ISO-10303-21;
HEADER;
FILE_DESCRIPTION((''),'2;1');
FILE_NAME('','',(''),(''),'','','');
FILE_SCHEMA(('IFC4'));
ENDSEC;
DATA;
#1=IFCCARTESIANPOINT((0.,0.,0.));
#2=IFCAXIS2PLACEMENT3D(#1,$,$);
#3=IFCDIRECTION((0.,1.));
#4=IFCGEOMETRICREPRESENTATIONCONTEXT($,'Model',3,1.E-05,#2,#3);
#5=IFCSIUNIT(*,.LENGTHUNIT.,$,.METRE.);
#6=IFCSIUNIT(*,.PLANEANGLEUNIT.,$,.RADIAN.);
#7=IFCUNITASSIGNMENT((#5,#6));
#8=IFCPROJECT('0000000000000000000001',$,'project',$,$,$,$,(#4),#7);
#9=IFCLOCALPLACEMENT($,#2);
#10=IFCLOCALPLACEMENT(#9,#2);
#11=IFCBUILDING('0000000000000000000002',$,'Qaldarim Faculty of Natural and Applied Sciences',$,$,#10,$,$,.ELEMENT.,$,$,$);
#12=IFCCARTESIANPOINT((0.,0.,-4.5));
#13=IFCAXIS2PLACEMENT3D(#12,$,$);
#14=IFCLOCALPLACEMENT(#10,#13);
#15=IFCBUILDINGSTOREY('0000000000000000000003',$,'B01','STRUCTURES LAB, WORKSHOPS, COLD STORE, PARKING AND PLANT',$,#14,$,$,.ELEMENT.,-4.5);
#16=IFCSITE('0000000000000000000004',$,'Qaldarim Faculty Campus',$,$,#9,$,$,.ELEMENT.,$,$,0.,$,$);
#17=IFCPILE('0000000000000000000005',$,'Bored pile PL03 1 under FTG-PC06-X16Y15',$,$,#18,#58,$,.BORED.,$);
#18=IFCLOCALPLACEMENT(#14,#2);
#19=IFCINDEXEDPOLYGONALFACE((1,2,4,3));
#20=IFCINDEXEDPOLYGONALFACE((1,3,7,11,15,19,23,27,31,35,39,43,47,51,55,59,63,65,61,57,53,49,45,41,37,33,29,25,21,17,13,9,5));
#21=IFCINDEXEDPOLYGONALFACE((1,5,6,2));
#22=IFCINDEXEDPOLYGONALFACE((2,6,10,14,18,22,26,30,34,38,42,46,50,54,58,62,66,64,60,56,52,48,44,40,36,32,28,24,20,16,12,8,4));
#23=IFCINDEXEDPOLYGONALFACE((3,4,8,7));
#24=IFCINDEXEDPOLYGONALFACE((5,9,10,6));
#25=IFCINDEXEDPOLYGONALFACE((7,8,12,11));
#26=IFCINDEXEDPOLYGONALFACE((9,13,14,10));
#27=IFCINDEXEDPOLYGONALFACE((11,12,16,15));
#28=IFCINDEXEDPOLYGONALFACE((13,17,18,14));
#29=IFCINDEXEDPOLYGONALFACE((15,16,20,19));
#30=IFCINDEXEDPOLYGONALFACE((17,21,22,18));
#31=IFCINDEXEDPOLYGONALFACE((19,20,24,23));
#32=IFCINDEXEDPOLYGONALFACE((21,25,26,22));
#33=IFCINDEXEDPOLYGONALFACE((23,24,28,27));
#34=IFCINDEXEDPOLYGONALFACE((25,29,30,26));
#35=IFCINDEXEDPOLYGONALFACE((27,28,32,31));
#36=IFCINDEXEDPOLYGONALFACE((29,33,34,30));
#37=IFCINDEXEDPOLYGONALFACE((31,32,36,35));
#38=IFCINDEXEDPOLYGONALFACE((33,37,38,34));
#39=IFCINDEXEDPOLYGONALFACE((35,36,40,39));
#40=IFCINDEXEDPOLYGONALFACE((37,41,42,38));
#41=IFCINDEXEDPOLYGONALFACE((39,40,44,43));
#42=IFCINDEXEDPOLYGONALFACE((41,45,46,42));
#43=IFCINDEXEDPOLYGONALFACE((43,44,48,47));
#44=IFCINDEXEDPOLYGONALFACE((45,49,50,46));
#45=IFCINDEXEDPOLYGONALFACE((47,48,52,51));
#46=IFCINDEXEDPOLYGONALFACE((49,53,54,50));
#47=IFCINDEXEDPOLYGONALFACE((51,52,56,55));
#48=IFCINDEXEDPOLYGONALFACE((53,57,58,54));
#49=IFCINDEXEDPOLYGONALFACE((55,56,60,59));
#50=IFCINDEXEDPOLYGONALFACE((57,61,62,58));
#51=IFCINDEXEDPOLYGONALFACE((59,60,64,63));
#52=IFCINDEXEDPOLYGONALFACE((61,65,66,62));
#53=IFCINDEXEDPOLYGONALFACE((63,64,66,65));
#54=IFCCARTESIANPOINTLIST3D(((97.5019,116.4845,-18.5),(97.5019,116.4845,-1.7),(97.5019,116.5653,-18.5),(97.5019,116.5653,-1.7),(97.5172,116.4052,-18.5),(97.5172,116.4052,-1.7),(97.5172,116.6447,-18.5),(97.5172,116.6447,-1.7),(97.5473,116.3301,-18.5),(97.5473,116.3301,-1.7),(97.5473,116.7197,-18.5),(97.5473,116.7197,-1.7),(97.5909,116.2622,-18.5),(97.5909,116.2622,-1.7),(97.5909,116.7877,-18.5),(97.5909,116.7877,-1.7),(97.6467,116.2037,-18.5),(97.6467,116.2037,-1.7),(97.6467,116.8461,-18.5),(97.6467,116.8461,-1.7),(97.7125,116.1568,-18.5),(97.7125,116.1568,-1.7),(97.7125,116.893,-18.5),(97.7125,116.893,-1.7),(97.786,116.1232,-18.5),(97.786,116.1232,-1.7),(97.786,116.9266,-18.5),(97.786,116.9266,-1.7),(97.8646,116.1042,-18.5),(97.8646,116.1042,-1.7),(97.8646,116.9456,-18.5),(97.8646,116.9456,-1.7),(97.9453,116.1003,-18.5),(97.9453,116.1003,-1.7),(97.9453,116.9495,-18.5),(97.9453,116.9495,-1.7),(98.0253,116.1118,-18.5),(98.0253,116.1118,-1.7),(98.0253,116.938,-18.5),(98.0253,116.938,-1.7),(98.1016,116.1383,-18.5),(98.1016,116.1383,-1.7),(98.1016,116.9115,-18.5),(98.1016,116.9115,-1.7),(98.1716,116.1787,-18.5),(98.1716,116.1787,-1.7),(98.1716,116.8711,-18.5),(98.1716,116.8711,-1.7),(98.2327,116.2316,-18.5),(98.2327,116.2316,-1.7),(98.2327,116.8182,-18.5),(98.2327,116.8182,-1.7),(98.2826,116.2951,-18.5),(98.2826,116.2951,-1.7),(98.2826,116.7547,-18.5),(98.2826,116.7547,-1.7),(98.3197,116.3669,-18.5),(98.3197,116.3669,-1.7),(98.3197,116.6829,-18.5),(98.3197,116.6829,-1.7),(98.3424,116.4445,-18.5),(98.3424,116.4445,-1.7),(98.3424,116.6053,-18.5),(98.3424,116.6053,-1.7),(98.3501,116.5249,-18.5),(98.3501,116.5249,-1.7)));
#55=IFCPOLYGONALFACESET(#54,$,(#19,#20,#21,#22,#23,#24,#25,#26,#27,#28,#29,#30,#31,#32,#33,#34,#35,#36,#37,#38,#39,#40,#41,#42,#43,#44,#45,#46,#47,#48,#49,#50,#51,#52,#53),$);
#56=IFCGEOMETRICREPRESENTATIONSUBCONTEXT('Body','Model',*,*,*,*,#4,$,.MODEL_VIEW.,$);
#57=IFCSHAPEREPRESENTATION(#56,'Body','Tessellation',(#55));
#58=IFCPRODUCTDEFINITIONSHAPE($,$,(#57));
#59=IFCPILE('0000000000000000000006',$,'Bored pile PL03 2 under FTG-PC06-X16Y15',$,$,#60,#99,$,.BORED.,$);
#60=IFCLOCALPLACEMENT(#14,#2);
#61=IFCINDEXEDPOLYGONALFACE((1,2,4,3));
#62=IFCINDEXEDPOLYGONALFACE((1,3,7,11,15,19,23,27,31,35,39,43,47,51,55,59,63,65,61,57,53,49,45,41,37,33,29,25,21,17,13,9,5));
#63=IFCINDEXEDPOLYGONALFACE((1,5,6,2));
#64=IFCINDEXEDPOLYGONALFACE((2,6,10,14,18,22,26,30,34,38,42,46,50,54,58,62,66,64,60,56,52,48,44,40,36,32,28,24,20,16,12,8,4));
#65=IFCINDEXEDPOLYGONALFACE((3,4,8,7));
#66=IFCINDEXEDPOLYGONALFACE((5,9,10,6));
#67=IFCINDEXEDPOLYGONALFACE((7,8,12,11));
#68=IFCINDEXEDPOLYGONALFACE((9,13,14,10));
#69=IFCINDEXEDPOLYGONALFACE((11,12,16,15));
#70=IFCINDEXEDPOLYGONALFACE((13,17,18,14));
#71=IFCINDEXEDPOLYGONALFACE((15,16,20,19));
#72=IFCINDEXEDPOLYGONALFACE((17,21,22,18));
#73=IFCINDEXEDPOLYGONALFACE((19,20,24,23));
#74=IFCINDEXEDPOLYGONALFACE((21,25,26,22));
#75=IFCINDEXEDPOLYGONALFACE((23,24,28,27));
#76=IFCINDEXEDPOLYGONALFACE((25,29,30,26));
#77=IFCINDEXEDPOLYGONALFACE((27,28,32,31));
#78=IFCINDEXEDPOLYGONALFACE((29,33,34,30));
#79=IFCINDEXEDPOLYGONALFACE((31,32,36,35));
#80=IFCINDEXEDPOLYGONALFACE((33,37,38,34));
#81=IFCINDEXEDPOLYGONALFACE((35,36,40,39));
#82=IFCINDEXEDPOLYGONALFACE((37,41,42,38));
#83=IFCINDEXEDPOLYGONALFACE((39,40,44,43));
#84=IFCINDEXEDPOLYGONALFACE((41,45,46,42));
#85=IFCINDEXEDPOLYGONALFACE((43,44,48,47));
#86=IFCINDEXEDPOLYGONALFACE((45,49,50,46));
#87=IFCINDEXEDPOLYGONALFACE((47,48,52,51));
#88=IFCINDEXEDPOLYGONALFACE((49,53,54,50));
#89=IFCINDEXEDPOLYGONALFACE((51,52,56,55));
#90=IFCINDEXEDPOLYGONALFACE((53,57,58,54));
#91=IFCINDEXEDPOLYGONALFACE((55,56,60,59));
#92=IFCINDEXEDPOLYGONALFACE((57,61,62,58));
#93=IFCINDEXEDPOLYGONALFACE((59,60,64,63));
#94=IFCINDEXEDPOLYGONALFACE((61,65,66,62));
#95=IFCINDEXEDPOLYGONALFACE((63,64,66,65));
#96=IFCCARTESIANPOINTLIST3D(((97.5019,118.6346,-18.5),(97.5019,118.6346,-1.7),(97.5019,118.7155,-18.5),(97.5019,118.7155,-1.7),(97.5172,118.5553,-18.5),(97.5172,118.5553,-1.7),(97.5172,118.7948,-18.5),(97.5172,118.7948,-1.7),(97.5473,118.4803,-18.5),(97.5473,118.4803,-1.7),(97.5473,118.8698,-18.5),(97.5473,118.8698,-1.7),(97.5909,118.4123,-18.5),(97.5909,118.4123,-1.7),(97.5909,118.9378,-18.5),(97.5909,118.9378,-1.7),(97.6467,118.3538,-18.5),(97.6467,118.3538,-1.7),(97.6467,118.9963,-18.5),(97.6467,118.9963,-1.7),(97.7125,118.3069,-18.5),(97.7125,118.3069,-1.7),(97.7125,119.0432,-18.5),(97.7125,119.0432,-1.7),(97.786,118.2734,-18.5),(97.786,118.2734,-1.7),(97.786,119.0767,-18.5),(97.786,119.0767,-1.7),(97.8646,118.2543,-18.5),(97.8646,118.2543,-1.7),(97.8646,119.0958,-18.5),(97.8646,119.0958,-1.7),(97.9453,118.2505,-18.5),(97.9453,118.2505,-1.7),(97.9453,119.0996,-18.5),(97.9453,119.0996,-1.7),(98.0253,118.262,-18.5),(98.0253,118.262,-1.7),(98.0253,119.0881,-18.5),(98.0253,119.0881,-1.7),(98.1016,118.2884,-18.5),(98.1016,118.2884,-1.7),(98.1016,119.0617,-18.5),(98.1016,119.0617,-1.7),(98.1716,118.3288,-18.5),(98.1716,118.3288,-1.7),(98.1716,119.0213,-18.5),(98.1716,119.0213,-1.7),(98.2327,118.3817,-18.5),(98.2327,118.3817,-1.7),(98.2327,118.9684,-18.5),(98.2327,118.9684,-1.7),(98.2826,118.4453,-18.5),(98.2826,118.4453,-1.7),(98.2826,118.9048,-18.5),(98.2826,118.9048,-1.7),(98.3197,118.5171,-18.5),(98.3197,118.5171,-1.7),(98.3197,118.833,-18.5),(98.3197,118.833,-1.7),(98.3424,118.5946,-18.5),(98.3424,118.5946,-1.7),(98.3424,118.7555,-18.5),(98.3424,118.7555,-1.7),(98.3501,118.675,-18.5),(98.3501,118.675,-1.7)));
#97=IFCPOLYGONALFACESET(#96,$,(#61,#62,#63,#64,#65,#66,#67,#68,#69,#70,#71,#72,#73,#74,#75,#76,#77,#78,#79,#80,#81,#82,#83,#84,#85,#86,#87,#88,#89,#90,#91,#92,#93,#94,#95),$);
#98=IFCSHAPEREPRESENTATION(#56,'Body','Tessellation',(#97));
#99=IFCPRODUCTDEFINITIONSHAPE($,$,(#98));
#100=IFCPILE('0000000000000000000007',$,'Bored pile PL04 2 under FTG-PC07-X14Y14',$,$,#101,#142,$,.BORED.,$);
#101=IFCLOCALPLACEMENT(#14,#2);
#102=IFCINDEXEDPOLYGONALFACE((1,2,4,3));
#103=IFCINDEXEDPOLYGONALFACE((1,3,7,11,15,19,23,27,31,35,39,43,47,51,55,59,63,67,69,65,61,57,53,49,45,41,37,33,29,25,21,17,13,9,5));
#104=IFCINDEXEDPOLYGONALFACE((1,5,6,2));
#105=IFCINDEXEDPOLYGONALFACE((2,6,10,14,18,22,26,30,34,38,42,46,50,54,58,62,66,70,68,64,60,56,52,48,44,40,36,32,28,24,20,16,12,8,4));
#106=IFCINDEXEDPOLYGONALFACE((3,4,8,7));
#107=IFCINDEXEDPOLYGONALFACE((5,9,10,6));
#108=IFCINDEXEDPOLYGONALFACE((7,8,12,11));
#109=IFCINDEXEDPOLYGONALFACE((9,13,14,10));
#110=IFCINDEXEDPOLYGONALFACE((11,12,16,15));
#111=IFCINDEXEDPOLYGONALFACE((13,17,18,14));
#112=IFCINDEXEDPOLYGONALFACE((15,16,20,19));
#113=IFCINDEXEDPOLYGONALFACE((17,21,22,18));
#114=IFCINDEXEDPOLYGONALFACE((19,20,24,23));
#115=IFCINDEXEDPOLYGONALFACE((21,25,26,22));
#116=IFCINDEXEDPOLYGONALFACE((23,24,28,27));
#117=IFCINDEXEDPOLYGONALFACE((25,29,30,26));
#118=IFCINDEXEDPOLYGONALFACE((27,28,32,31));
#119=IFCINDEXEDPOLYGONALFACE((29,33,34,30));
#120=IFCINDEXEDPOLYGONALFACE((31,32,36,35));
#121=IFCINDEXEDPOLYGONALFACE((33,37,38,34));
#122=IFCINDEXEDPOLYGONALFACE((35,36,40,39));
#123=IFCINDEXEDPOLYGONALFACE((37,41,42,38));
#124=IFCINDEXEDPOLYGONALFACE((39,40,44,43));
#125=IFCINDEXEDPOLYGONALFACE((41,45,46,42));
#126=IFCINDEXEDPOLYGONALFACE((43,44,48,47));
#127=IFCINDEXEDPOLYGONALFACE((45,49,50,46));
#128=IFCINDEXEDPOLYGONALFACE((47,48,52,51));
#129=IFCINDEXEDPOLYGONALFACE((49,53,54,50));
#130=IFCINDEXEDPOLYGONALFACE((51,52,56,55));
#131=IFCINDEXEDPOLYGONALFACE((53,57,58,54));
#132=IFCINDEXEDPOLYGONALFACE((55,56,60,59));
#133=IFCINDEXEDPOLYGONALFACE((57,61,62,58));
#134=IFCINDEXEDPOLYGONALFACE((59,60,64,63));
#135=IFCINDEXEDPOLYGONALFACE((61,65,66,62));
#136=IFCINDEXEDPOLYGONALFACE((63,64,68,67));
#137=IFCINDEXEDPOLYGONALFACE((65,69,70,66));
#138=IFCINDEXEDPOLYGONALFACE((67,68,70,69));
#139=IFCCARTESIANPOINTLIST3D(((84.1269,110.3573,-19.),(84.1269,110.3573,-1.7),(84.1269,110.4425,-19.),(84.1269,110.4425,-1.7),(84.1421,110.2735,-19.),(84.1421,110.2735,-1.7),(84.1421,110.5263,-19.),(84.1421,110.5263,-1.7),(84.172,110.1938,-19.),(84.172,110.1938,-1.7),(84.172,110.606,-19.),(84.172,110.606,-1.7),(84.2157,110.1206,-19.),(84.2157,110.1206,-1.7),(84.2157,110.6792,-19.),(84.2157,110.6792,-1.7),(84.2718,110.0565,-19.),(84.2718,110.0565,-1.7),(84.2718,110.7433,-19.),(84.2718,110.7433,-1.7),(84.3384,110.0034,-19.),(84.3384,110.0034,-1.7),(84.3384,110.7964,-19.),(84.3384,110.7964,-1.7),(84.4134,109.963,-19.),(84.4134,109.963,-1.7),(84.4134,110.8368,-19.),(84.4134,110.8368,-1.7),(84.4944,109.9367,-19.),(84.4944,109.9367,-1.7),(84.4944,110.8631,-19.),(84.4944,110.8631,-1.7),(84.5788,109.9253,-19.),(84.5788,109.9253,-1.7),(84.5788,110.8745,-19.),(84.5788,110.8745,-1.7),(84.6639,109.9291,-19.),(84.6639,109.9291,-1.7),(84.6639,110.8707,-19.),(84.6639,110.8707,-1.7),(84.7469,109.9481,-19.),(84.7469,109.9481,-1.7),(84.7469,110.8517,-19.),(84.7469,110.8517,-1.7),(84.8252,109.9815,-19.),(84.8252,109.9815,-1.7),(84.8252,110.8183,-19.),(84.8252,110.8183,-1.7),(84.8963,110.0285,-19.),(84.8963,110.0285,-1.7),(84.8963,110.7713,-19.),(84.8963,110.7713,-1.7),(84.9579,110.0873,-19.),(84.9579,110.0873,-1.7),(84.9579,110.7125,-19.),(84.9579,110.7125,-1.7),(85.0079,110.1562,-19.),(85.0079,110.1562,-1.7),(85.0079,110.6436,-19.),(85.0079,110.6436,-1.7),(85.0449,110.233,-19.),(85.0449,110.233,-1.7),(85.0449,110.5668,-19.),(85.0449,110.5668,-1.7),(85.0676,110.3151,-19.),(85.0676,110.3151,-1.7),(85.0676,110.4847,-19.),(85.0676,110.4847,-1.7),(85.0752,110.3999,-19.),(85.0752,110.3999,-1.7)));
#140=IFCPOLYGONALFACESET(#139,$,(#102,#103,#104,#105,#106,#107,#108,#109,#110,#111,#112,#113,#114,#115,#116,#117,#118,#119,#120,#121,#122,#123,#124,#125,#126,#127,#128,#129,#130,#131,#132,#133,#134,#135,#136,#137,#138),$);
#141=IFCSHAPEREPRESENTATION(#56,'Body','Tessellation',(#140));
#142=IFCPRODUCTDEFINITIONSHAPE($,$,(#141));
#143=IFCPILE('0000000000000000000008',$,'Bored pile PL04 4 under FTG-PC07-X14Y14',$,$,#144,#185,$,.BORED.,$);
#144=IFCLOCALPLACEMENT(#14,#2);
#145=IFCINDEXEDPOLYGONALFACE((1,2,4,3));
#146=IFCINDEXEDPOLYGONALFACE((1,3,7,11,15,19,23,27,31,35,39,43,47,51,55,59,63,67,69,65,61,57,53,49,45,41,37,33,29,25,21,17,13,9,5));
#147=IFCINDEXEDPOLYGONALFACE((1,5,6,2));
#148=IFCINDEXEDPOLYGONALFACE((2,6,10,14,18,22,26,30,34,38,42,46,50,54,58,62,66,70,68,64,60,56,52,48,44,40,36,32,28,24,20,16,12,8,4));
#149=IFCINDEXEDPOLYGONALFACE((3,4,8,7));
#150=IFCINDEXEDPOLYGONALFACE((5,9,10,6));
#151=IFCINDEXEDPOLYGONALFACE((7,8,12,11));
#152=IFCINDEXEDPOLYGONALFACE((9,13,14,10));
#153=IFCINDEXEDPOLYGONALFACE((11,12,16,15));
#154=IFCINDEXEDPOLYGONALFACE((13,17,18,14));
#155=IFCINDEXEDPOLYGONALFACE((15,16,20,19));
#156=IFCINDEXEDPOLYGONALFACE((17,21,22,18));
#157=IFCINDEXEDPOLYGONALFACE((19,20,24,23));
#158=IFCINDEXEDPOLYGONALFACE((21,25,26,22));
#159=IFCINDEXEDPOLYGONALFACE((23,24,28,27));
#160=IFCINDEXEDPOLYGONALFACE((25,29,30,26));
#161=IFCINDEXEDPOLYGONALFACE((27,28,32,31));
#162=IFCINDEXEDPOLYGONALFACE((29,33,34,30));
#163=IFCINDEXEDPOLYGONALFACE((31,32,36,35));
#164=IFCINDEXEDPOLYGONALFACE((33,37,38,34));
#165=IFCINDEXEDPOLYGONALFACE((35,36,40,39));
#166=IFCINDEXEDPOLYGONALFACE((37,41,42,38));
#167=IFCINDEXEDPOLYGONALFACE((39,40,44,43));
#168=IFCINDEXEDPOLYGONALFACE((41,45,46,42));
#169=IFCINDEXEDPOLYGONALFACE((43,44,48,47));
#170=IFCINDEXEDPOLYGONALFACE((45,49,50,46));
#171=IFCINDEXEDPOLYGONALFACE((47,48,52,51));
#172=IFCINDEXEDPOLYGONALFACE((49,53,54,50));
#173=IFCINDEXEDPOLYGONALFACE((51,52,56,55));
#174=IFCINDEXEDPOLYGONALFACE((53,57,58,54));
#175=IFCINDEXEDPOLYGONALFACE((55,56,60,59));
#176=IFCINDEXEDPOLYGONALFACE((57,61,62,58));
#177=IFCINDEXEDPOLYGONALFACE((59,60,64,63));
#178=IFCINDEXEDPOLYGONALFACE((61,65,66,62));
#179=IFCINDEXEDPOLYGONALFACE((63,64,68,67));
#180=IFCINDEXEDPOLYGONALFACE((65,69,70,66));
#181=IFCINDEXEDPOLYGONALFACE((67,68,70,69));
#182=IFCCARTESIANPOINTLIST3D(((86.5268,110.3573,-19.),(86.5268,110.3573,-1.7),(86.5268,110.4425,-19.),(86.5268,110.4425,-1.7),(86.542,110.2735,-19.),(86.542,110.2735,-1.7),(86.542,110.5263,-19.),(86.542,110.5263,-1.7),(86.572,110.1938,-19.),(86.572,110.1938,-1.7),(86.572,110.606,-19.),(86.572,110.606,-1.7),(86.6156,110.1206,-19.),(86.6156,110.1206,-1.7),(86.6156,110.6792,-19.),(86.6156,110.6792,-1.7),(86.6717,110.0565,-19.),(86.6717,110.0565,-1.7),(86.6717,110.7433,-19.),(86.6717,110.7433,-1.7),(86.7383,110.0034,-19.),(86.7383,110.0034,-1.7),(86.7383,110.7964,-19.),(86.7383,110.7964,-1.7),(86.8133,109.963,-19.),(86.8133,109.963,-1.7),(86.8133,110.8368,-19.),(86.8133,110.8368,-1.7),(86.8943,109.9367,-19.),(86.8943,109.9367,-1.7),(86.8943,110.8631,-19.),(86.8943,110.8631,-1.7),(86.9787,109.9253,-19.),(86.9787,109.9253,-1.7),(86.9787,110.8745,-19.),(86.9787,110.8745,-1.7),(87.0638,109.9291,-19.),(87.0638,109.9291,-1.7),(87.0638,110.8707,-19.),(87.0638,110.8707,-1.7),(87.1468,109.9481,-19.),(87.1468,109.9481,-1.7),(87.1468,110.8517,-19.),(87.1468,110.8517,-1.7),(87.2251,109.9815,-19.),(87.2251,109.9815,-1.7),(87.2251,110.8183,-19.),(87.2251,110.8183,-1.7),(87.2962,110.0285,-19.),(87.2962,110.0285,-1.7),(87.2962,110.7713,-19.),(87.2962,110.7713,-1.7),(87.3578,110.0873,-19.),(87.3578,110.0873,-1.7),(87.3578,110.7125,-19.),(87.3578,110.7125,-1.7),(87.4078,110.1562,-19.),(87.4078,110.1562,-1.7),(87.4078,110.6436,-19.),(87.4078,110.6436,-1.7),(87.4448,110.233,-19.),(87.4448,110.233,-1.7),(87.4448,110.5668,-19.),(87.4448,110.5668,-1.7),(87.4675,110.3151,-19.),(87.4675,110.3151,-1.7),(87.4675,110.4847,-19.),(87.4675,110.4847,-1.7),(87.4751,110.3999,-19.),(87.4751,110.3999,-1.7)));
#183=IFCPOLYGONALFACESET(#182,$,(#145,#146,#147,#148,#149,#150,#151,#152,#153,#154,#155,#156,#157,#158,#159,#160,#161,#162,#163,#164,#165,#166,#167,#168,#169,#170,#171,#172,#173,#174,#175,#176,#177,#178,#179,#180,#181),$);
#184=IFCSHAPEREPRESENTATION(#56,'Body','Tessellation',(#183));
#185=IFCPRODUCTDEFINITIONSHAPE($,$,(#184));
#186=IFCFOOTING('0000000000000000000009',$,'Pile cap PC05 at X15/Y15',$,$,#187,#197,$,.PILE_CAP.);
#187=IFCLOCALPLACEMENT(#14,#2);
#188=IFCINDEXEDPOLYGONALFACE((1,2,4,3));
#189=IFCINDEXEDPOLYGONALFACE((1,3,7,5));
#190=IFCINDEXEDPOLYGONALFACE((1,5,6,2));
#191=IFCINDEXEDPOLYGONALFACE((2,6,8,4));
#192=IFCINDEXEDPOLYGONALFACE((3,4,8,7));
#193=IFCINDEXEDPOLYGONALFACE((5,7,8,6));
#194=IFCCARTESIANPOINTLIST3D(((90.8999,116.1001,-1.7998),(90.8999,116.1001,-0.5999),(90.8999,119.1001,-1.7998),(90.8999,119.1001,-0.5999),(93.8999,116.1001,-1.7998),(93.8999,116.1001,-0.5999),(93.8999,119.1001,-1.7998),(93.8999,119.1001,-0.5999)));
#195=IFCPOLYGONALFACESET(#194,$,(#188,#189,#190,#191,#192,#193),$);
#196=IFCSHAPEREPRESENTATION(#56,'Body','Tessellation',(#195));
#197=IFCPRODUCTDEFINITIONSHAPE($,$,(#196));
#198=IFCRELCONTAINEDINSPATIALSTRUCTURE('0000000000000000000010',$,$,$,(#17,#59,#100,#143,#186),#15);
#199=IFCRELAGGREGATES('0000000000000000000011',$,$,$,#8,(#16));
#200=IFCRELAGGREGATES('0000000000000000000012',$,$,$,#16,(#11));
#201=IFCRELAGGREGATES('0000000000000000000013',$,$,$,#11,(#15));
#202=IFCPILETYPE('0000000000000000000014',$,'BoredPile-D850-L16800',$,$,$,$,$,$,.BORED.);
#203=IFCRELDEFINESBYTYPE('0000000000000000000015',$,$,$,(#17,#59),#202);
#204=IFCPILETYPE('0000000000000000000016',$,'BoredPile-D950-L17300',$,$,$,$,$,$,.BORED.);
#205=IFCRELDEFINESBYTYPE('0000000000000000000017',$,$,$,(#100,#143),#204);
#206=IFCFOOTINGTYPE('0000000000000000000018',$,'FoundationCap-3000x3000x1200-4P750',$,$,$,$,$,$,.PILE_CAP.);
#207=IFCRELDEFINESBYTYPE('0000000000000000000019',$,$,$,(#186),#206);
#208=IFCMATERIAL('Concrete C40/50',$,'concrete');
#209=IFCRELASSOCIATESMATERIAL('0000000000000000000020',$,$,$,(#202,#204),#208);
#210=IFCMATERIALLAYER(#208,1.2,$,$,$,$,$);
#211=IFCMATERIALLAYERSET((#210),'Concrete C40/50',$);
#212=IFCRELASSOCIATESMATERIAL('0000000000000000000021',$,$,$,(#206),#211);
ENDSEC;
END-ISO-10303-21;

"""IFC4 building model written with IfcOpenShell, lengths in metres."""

from ifc_helpers import new_model, si_unit, direction, frame, origin, origin_2d, place, context, subcontext, project, spatial, rectangle, circle, extrude, material, layer, layer_set, material_profile, profile_set, type_object, element, save


model = new_model("IFC4")

# Units and contexts
model_context = context("Model", 3, precision=1e-05, world=origin(), true_north=direction((0.0, 1.0)))
body_context = subcontext(model_context, "Body", "Model", "MODEL_VIEW")
ifc_project = project(units=[si_unit("LENGTHUNIT", "METRE"), si_unit("PLANEANGLEUNIT", "RADIAN")], contexts=[model_context])

# Site, building, storey
site_placement = place(None, origin())
site = spatial("IfcSite", under=ifc_project, at=site_placement, Name="Qaldarim Faculty Campus", CompositionType="ELEMENT", RefElevation=0.0)
building_placement = place(site_placement, origin())
building = spatial("IfcBuilding", under=site, at=building_placement, Name="Qaldarim Faculty of Natural and Applied Sciences", CompositionType="ELEMENT")
storey_placement = place(building_placement, frame((0.0, 0.0, -4.5)))
storey = spatial("IfcBuildingStorey", under=building, at=storey_placement, Name="B01", Description="STRUCTURES LAB, WORKSHOPS, COLD STORE, PARKING AND PLANT", CompositionType="ELEMENT", Elevation=-4.5)

# Piles
ifc_material_1 = material(Name="Concrete C40/50", Category="concrete")
ifc_material_profile_1 = material_profile(ifc_material_1, circle(Radius=0.425, at=origin_2d()), Name="PILE-D850")
ifc_profile_set_1 = profile_set([ifc_material_profile_1], Name="Concrete C40/50")
pile_type_1 = type_object("IfcPileType", Name="BoredPile-D850-L16800", PredefinedType="BORED", material=ifc_profile_set_1)
for number, where, z_axis, x_axis, name in (
    (1, (97.925, 116.5249, -1.7), (0.0, 0.0, -1.0), (1.0, 0.0, 0.0), "Bored pile PL03 1 under FTG-PC06-X16Y15"),
    (2, (97.925, 118.675, -1.7), (0.0, 0.0, -1.0), (1.0, 0.0, 0.0), "Bored pile PL03 2 under FTG-PC06-X16Y15"),
):
    element("IfcPile", number, at=place(storey_placement, frame(where, z_axis=z_axis, x_axis=x_axis)), inside=storey, type_object=pile_type_1, Name=name, PredefinedType="BORED", context=body_context, shape_type="SweptSolid", body=[
        extrude(circle(Radius=0.425, at=origin_2d()), origin(), (0.0, 0.0, 1.0), 16.8),
    ])
ifc_material_profile_2 = material_profile(ifc_material_1, circle(Radius=0.4751, at=origin_2d()), Name="PILE-D950")
ifc_profile_set_2 = profile_set([ifc_material_profile_2], Name="Concrete C40/50")
pile_type_2 = type_object("IfcPileType", Name="BoredPile-D950-L17300", PredefinedType="BORED", material=ifc_profile_set_2)
for number, where, z_axis, x_axis, name in (
    (3, (84.6001, 110.3999, -1.7), (0.0, 0.0, -1.0), (1.0, 0.0, 0.0), "Bored pile PL04 2 under FTG-PC07-X14Y14"),
    (4, (87.0, 110.3999, -1.7), (0.0, 0.0, -1.0), (1.0, 0.0, 0.0), "Bored pile PL04 4 under FTG-PC07-X14Y14"),
):
    element("IfcPile", number, at=place(storey_placement, frame(where, z_axis=z_axis, x_axis=x_axis)), inside=storey, type_object=pile_type_2, Name=name, PredefinedType="BORED", context=body_context, shape_type="SweptSolid", body=[
        extrude(circle(Radius=0.4751, at=origin_2d()), origin(), (0.0, 0.0, 1.0), 17.3),
    ])

# Footing
ifc_layer_1 = layer(ifc_material_1, 1.2)
ifc_layer_set_1 = layer_set([ifc_layer_1], Name="Concrete C40/50")
footing_type_1 = type_object("IfcFootingType", Name="FoundationCap-3000x3000x1200-4P750", PredefinedType="PILE_CAP", material=ifc_layer_set_1)
footing_1_placement = place(storey_placement, frame((92.3999, 117.6001, -1.7998), z_axis=(0.0, 0.0, 1.0), x_axis=(1.0, 0.0, 0.0)))
element("IfcFooting", 5, at=footing_1_placement, inside=storey, type_object=footing_type_1, Name="Pile cap PC05 at X15/Y15", PredefinedType="PILE_CAP", context=body_context, shape_type="SweptSolid", body=[
    extrude(rectangle(XDim=3.0, YDim=3.0, at=origin_2d()), origin(), (0.0, 0.0, 1.0), 1.2),
])

save(model, "model.ifc")
